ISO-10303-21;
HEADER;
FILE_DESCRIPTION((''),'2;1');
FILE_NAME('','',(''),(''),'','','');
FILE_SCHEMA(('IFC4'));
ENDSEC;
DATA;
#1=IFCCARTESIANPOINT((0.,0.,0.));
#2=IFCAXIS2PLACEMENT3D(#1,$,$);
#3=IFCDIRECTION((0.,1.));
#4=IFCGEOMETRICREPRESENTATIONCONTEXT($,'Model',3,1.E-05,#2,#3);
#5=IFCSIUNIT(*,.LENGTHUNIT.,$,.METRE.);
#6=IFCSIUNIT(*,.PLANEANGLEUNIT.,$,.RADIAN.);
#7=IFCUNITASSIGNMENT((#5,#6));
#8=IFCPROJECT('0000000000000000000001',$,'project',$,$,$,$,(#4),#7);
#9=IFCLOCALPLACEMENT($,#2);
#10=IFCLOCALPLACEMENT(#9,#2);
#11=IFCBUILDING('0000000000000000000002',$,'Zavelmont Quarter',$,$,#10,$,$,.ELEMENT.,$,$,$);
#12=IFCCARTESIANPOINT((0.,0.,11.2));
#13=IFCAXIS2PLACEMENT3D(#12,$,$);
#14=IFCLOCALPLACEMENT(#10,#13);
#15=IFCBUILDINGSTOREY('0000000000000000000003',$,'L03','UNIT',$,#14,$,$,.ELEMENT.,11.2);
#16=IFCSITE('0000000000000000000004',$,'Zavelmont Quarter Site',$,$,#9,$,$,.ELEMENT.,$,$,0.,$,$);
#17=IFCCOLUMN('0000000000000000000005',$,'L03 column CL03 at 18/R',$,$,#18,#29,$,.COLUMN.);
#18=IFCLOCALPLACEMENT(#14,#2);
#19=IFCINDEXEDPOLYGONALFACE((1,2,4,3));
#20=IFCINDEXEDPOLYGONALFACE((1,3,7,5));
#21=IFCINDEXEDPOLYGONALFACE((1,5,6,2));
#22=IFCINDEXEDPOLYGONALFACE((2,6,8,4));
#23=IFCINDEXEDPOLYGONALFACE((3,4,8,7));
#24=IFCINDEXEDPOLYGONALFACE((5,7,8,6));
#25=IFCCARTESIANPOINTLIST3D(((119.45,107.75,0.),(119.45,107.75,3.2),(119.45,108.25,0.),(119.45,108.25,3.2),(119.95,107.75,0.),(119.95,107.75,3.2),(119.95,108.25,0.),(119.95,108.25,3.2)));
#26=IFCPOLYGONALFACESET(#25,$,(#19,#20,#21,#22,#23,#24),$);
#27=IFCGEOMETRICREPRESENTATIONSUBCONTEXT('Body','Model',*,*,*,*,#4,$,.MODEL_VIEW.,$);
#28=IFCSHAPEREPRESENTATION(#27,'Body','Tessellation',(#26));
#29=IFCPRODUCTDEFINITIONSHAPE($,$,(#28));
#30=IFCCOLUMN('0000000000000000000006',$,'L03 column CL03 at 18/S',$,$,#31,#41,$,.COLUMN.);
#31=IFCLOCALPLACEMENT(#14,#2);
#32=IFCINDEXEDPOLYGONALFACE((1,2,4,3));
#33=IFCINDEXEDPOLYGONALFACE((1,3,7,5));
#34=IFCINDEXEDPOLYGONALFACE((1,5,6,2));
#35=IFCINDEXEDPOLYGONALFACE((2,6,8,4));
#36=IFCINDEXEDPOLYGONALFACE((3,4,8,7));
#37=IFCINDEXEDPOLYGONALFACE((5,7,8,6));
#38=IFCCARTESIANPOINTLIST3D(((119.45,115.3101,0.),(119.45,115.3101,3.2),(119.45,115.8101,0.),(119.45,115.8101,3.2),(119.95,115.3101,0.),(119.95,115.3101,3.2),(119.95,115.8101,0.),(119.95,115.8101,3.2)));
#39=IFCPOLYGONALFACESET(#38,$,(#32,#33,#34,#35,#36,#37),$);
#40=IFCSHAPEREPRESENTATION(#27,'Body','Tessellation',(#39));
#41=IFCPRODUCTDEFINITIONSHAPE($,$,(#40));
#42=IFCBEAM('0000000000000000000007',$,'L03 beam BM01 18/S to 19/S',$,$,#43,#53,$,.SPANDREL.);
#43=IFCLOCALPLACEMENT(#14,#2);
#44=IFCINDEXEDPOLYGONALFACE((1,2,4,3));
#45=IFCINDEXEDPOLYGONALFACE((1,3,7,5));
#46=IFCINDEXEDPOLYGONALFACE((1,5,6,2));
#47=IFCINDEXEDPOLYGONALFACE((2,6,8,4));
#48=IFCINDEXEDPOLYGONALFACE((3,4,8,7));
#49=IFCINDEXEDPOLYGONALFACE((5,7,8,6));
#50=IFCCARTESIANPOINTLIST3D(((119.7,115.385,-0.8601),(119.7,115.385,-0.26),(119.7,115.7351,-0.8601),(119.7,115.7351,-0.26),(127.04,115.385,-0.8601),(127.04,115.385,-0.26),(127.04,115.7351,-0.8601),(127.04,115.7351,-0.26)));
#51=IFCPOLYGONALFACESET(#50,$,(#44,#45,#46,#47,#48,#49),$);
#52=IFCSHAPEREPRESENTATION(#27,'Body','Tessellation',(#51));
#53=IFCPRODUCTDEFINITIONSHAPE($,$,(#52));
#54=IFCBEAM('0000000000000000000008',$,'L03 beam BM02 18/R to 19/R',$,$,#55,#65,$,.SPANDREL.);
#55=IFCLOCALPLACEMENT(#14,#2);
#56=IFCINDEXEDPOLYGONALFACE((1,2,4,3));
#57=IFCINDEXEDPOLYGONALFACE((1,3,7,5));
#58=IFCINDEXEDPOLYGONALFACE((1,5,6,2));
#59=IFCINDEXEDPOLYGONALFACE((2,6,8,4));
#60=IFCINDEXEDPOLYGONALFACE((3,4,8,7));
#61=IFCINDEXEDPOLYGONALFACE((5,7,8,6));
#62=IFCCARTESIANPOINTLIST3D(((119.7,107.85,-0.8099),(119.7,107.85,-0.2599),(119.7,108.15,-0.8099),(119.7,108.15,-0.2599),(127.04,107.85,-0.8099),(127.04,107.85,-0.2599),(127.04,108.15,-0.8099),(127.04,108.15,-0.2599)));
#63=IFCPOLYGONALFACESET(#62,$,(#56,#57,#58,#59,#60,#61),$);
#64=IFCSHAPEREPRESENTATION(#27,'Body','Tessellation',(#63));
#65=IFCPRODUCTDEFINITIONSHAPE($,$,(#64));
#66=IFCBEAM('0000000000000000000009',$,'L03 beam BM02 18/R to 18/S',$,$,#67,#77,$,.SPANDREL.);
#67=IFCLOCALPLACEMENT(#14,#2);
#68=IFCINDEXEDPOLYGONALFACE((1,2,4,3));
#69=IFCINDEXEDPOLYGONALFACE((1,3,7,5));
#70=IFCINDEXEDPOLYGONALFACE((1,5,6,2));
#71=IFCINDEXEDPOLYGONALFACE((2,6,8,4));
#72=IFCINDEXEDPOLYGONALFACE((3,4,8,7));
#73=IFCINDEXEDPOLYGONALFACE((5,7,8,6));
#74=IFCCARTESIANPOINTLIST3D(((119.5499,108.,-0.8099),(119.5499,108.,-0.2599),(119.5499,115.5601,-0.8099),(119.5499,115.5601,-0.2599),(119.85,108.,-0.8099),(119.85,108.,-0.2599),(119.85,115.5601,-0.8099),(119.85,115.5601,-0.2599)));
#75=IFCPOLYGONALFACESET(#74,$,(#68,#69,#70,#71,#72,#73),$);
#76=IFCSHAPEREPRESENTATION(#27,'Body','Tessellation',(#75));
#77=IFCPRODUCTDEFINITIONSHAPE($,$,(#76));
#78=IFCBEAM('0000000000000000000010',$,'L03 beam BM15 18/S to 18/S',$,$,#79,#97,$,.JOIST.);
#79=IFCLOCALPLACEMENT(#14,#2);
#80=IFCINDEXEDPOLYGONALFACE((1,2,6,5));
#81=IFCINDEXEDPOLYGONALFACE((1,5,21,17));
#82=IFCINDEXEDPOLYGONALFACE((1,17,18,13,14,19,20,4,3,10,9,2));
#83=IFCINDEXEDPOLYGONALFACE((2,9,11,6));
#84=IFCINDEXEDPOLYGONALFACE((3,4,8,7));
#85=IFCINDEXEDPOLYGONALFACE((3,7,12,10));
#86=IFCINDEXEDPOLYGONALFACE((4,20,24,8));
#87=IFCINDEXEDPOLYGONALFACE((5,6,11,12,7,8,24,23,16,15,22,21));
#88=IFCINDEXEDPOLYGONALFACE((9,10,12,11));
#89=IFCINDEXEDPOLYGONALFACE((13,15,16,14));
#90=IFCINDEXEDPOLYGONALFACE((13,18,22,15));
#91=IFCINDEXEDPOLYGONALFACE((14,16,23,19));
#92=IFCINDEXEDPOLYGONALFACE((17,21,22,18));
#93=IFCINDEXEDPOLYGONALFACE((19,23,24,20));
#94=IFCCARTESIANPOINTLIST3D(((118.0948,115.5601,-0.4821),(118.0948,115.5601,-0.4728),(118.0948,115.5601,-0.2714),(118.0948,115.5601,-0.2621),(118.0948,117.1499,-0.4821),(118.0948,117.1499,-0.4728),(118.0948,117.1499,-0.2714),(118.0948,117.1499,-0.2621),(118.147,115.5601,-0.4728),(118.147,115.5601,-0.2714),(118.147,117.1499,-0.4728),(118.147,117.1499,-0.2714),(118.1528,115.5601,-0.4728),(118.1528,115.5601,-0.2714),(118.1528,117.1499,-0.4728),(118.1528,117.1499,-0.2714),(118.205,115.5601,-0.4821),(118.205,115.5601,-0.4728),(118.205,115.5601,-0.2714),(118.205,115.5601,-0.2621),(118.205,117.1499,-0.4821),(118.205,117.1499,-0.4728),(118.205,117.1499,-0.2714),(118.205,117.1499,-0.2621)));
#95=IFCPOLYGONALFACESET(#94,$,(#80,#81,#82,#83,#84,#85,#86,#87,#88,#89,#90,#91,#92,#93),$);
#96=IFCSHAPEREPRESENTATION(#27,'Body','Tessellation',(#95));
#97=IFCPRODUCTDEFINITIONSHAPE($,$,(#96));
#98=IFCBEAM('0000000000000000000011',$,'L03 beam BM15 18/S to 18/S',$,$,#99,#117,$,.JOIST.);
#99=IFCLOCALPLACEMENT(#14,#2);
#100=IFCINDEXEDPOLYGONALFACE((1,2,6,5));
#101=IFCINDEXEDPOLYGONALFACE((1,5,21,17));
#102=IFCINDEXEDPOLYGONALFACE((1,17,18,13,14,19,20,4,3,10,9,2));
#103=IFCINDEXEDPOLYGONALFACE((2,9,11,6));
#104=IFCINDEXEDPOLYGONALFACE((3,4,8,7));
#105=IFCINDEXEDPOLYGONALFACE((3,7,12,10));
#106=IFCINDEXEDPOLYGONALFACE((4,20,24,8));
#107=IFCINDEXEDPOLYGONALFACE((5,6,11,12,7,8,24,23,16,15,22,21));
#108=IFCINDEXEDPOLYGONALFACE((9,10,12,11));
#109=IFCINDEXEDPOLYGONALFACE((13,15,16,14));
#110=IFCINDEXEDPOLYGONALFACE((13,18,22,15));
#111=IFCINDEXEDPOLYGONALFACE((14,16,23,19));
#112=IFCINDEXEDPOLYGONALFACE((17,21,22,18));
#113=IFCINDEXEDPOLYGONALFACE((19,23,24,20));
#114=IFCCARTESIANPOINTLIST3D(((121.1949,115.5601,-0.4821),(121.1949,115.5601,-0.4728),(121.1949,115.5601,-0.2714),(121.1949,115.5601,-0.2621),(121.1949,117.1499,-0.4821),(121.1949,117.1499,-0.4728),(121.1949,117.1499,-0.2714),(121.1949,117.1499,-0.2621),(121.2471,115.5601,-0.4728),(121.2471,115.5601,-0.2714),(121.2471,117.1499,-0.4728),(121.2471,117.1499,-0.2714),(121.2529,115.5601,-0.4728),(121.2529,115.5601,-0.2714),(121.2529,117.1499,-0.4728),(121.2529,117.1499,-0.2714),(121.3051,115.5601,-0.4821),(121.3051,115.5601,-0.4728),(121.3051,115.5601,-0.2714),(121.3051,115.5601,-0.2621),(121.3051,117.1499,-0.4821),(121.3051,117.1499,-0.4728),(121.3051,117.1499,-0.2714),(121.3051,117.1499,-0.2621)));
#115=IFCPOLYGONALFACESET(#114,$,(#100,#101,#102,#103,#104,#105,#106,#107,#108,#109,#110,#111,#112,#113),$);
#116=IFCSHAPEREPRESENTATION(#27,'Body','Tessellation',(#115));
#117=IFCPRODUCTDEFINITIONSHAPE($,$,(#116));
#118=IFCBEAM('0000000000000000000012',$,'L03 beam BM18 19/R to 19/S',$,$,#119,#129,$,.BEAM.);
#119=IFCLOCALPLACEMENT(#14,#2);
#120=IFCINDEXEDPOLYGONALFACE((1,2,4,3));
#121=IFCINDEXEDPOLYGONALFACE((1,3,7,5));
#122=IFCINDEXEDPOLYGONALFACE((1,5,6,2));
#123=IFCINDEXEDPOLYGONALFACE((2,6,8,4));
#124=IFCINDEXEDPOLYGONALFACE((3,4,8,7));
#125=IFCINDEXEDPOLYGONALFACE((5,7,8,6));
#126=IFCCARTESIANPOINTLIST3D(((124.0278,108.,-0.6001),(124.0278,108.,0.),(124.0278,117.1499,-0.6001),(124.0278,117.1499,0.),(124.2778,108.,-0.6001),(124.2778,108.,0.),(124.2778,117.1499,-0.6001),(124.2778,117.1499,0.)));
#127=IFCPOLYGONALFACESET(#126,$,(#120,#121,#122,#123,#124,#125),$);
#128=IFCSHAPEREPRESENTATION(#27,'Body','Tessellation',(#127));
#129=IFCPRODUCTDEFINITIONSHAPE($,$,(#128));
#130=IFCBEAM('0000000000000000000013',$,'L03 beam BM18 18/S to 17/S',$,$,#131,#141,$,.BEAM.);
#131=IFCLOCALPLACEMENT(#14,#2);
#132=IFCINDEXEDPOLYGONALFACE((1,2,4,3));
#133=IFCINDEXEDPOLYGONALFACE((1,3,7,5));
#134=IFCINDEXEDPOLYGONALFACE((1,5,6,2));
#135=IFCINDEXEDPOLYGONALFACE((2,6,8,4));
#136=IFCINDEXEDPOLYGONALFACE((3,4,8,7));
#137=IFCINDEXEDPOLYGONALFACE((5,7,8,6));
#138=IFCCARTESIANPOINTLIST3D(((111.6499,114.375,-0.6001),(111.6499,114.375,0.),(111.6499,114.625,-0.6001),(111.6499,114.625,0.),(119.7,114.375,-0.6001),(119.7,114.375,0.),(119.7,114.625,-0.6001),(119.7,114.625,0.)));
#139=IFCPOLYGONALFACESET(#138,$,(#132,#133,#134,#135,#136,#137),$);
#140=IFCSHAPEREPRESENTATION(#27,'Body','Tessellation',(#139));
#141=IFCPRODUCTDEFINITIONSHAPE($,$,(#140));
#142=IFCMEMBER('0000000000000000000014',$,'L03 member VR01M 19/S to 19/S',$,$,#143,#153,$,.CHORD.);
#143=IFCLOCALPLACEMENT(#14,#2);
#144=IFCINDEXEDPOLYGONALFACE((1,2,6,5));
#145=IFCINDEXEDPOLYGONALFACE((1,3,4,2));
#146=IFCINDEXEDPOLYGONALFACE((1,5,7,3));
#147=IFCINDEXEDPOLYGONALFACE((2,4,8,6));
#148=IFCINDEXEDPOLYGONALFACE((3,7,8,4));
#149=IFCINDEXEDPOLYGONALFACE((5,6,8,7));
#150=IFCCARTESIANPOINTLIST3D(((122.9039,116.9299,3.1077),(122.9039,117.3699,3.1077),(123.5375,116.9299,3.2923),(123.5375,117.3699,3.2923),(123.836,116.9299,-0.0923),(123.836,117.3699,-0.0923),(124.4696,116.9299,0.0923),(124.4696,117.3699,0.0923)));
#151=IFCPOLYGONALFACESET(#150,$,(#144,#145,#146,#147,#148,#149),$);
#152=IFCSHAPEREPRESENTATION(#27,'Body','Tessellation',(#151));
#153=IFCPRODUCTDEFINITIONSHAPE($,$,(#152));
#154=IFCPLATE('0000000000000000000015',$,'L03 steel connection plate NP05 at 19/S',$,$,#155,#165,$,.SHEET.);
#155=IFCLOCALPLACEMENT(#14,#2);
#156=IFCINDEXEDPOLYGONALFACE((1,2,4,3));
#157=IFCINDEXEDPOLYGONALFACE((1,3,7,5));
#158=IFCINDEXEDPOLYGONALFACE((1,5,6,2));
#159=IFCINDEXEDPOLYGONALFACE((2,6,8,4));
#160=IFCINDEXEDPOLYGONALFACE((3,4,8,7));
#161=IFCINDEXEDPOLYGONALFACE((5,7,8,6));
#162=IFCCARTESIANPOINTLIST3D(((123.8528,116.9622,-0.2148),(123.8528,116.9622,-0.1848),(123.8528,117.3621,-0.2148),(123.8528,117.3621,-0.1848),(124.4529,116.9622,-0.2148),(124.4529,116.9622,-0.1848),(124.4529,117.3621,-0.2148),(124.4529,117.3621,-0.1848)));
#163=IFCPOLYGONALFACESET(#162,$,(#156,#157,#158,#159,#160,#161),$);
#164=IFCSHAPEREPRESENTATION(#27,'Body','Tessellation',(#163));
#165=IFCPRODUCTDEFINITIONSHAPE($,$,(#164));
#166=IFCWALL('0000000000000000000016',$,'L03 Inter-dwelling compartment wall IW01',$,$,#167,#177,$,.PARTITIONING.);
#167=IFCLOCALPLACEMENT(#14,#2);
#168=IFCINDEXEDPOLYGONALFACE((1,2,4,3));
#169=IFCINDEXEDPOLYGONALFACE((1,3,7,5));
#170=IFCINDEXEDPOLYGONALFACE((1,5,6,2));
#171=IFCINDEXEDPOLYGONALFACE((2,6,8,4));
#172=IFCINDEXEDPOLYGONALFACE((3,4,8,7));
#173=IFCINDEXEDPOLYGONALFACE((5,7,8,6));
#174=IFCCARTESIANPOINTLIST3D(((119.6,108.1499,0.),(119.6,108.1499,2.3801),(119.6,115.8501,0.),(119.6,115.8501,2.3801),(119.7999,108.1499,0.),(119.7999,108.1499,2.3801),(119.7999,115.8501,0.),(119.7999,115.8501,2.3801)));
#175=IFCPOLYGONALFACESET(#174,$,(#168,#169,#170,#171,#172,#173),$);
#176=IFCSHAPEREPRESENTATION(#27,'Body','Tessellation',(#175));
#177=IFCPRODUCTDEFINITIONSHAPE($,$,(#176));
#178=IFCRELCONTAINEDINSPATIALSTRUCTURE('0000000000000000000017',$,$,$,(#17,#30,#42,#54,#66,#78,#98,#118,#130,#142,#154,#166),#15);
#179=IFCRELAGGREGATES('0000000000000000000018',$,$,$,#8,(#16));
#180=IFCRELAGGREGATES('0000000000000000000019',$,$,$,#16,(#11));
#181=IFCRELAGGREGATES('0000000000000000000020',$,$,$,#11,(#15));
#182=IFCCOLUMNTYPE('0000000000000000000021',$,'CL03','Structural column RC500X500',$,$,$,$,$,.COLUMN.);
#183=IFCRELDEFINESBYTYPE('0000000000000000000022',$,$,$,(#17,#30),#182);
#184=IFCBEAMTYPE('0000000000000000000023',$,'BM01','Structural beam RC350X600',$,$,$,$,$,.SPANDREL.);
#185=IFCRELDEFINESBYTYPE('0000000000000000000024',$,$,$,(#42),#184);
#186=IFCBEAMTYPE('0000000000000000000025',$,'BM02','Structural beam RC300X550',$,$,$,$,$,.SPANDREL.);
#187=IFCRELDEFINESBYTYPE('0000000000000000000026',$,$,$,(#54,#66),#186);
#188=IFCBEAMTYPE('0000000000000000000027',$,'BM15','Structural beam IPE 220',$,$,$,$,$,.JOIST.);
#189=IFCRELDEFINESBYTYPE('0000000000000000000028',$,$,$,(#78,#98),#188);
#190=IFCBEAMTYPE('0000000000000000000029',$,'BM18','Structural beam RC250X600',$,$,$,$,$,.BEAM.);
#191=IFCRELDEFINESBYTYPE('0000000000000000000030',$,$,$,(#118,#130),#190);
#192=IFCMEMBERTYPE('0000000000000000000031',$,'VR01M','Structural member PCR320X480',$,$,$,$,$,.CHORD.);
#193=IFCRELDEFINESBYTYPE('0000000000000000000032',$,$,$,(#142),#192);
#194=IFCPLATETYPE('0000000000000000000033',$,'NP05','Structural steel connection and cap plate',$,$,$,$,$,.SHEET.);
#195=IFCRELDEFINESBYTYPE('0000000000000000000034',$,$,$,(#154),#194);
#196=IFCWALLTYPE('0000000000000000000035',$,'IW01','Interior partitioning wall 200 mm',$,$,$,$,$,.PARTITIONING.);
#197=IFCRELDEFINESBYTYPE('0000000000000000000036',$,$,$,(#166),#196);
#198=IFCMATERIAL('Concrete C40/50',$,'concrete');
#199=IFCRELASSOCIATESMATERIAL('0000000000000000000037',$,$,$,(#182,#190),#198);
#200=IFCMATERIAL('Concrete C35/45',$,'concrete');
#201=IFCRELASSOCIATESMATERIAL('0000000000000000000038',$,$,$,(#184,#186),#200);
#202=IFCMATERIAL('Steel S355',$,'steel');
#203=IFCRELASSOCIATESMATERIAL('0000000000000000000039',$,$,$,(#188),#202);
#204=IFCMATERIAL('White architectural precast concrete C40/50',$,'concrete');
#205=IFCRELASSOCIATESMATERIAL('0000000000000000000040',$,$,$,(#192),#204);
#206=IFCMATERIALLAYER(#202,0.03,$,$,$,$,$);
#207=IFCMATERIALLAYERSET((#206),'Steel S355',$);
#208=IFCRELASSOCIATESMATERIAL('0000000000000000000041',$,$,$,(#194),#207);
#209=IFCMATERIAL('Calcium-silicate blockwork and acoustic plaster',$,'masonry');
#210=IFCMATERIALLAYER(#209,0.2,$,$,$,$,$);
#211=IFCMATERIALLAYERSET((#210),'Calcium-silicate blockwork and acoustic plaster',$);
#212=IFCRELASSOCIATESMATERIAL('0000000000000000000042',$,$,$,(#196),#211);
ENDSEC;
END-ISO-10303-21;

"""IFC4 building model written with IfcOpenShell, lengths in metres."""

from ifc_helpers import new_model, si_unit, direction, frame, frame_2d, origin, origin_2d, place, context, subcontext, project, spatial, rectangle, i_section, extrude, material, layer, layer_set, material_profile, profile_set, type_object, element, save


model = new_model("IFC4")

# Units and contexts
model_context = context("Model", 3, precision=1e-05, world=origin(), true_north=direction((0.0, 1.0)))
body_context = subcontext(model_context, "Body", "Model", "MODEL_VIEW")
ifc_project = project(units=[si_unit("LENGTHUNIT", "METRE"), si_unit("PLANEANGLEUNIT", "RADIAN")], contexts=[model_context])

# Site, building, storey
site_placement = place(None, origin())
site = spatial("IfcSite", under=ifc_project, at=site_placement, Name="Zavelmont Quarter Site", CompositionType="ELEMENT", RefElevation=0.0)
building_placement = place(site_placement, origin())
building = spatial("IfcBuilding", under=site, at=building_placement, Name="Zavelmont Quarter", CompositionType="ELEMENT")
storey_placement = place(building_placement, frame((0.0, 0.0, 11.2)))
storey = spatial("IfcBuildingStorey", under=building, at=storey_placement, Name="L03", Description="UNIT", CompositionType="ELEMENT", Elevation=11.2)

# Columns
ifc_material_1 = material(Name="Concrete C40/50", Category="concrete")
ifc_material_profile_1 = material_profile(ifc_material_1, rectangle(XDim=0.5, YDim=0.5, at=origin_2d()), Name="RC500X500")
ifc_profile_set_1 = profile_set([ifc_material_profile_1], Name="Concrete C40/50")
column_type = type_object("IfcColumnType", Name="CL03", Description="Structural column RC500X500", PredefinedType="COLUMN", material=ifc_profile_set_1)
for number, where, z_axis, x_axis, name in (
    (1, (119.7, 108.0, 0.0), (0.0, 0.0, 1.0), (1.0, 0.0, 0.0), "L03 column CL03 at 18/R"),
    (2, (119.7, 115.5601, 0.0), (0.0, 0.0, 1.0), (1.0, 0.0, 0.0), "L03 column CL03 at 18/S"),
):
    element("IfcColumn", number, at=place(storey_placement, frame(where, z_axis=z_axis, x_axis=x_axis)), inside=storey, type_object=column_type, Name=name, PredefinedType="COLUMN", context=body_context, shape_type="SweptSolid", body=[
        extrude(rectangle(XDim=0.5, YDim=0.5, at=origin_2d()), origin(), (0.0, 0.0, 1.0), 3.2),
    ])

# Beams
ifc_material_2 = material(Name="Concrete C35/45", Category="concrete")
ifc_material_profile_2 = material_profile(ifc_material_2, rectangle(XDim=0.3501, YDim=0.6001, at=origin_2d()), Name="RC350X600")
ifc_profile_set_2 = profile_set([ifc_material_profile_2], Name="Concrete C35/45")
beam_type_1 = type_object("IfcBeamType", Name="BM01", Description="Structural beam RC350X600", PredefinedType="SPANDREL", material=ifc_profile_set_2)
beam_1_placement = place(storey_placement, frame((119.7, 115.5601, -0.5601), z_axis=(1.0, 0.0, 0.0), x_axis=(0.0, 1.0, 0.0)))
element("IfcBeam", 3, at=beam_1_placement, inside=storey, type_object=beam_type_1, Name="L03 beam BM01 18/S to 19/S", PredefinedType="SPANDREL", context=body_context, shape_type="SweptSolid", body=[
    extrude(rectangle(XDim=0.3501, YDim=0.6001, at=origin_2d()), origin(), (0.0, 0.0, 1.0), 7.3401),
])
ifc_material_profile_3 = material_profile(ifc_material_2, rectangle(XDim=0.3, YDim=0.55, at=origin_2d()), Name="RC300X550")
ifc_profile_set_3 = profile_set([ifc_material_profile_3], Name="Concrete C35/45")
beam_type_2 = type_object("IfcBeamType", Name="BM02", Description="Structural beam RC300X550", PredefinedType="SPANDREL", material=ifc_profile_set_3)
beam_2_placement = place(storey_placement, frame((119.7, 108.0, -0.5349), z_axis=(1.0, 0.0, 0.0), x_axis=(0.0, 1.0, 0.0)))
element("IfcBeam", 4, at=beam_2_placement, inside=storey, type_object=beam_type_2, Name="L03 beam BM02 18/R to 19/R", PredefinedType="SPANDREL", context=body_context, shape_type="SweptSolid", body=[
    extrude(rectangle(XDim=0.3, YDim=0.55, at=origin_2d()), origin(), (0.0, 0.0, 1.0), 7.3401),
])
beam_3_placement = place(storey_placement, frame((119.7, 108.0, -0.5349), z_axis=(0.0, 1.0, 0.0), x_axis=(-1.0, 0.0, 0.0)))
element("IfcBeam", 5, at=beam_3_placement, inside=storey, type_object=beam_type_2, Name="L03 beam BM02 18/R to 18/S", PredefinedType="SPANDREL", context=body_context, shape_type="SweptSolid", body=[
    extrude(rectangle(XDim=0.3, YDim=0.55, at=origin_2d()), origin(), (0.0, 0.0, 1.0), 7.5601),
])
ifc_material_3 = material(Name="Steel S355", Category="steel")
ifc_material_profile_4 = material_profile(ifc_material_3, i_section(OverallWidth=0.1101, OverallDepth=0.22, WebThickness=0.0059, FlangeThickness=0.0093, at=origin_2d()), Name="IPE 220")
ifc_profile_set_4 = profile_set([ifc_material_profile_4], Name="Steel S355")
beam_type_3 = type_object("IfcBeamType", Name="BM15", Description="Structural beam IPE 220", PredefinedType="JOIST", material=ifc_profile_set_4)
for number, where, z_axis, x_axis, name in (
    (6, (118.1499, 115.5601, -0.3721), (0.0, 1.0, 0.0), (-1.0, 0.0, 0.0), "L03 beam BM15 18/S to 18/S"),
    (7, (121.25, 115.5601, -0.3721), (0.0, 1.0, 0.0), (-1.0, 0.0, 0.0), "L03 beam BM15 18/S to 18/S"),
):
    element("IfcBeam", number, at=place(storey_placement, frame(where, z_axis=z_axis, x_axis=x_axis)), inside=storey, type_object=beam_type_3, Name=name, PredefinedType="JOIST", context=body_context, shape_type="SweptSolid", body=[
        extrude(i_section(OverallWidth=0.1101, OverallDepth=0.22, WebThickness=0.0059, FlangeThickness=0.0093, at=origin_2d()), origin(), (0.0, 0.0, 1.0), 1.5898),
    ])
ifc_material_profile_5 = material_profile(ifc_material_1, rectangle(XDim=0.25, YDim=0.6001, at=origin_2d()), Name="RC250X600")
ifc_profile_set_5 = profile_set([ifc_material_profile_5], Name="Concrete C40/50")
beam_type_4 = type_object("IfcBeamType", Name="BM18", Description="Structural beam RC250X600", PredefinedType="BEAM", material=ifc_profile_set_5)
beam_4_placement = place(storey_placement, frame((124.1528, 108.0, -0.3), z_axis=(0.0, 1.0, 0.0), x_axis=(-1.0, 0.0, 0.0)))
element("IfcBeam", 8, at=beam_4_placement, inside=storey, type_object=beam_type_4, Name="L03 beam BM18 19/R to 19/S", PredefinedType="BEAM", context=body_context, shape_type="SweptSolid", body=[
    extrude(rectangle(XDim=0.25, YDim=0.6001, at=origin_2d()), origin(), (0.0, 0.0, 1.0), 9.1499),
])
beam_5_placement = place(storey_placement, frame((119.7, 114.5, -0.3), z_axis=(-1.0, 0.0, 0.0), x_axis=(0.0, -1.0, 0.0)))
element("IfcBeam", 9, at=beam_5_placement, inside=storey, type_object=beam_type_4, Name="L03 beam BM18 18/S to 17/S", PredefinedType="BEAM", context=body_context, shape_type="SweptSolid", body=[
    extrude(rectangle(XDim=0.25, YDim=0.6001, at=origin_2d()), origin(), (0.0, 0.0, 1.0), 8.05),
])

# Member
ifc_material_4 = material(Name="White architectural precast concrete C40/50", Category="concrete")
ifc_material_profile_6 = material_profile(ifc_material_4, rectangle(XDim=0.4399, YDim=0.6599, at=origin_2d()), Name="PCR320X480")
ifc_profile_set_6 = profile_set([ifc_material_profile_6], Name="White architectural precast concrete C40/50")
member_type = type_object("IfcMemberType", Name="VR01M", Description="Structural member PCR320X480", PredefinedType="CHORD", material=ifc_profile_set_6)
member_placement = place(storey_placement, frame((124.1528, 117.1499, 0.0), z_axis=(-0.279671, 0.0, 0.960096), x_axis=(0.0, -1.0, 0.0)))
element("IfcMember", 10, at=member_placement, inside=storey, type_object=member_type, Name="L03 member VR01M 19/S to 19/S", PredefinedType="CHORD", context=body_context, shape_type="SweptSolid", body=[
    extrude(rectangle(XDim=0.4399, YDim=0.6599, at=origin_2d()), origin(), (0.0, 0.0, 1.0), 3.333),
])

# Plate
ifc_layer_1 = layer(ifc_material_3, 0.03)
ifc_layer_set_1 = layer_set([ifc_layer_1], Name="Steel S355")
plate_type = type_object("IfcPlateType", Name="NP05", Description="Structural steel connection and cap plate", PredefinedType="SHEET", material=ifc_layer_set_1)
plate_placement = place(storey_placement, frame((124.1528, 117.1621, -0.2148), z_axis=(0.0, 0.0, 1.0), x_axis=(1.0, 0.0, 0.0)))
element("IfcPlate", 11, at=plate_placement, inside=storey, type_object=plate_type, Name="L03 steel connection plate NP05 at 19/S", PredefinedType="SHEET", context=body_context, shape_type="SweptSolid", body=[
    extrude(rectangle(XDim=0.6001, YDim=0.3999, at=origin_2d()), origin(), (0.0, 0.0, 1.0), 0.03),
])

# Wall
ifc_material_5 = material(Name="Calcium-silicate blockwork and acoustic plaster", Category="masonry")
ifc_layer_2 = layer(ifc_material_5, 0.2)
ifc_layer_set_2 = layer_set([ifc_layer_2], Name="Calcium-silicate blockwork and acoustic plaster")
wall_type_1 = type_object("IfcWallType", Name="IW01", Description="Interior partitioning wall 200 mm", PredefinedType="PARTITIONING", material=ifc_layer_set_2)
wall_1_placement = place(storey_placement, frame((119.7, 108.1499, 0.0), z_axis=(0.0, 0.0, 1.0), x_axis=(0.0, 1.0, 0.0)))
element("IfcWall", 12, at=wall_1_placement, inside=storey, type_object=wall_type_1, Name="L03 Inter-dwelling compartment wall IW01", PredefinedType="PARTITIONING", context=body_context, shape_type="SweptSolid", body=[
    extrude(rectangle(XDim=7.7002, YDim=0.2, at=frame_2d((3.8501, 0.0))), origin(), (0.0, 0.0, 1.0), 2.3801),
])

save(model, "model.ifc")
